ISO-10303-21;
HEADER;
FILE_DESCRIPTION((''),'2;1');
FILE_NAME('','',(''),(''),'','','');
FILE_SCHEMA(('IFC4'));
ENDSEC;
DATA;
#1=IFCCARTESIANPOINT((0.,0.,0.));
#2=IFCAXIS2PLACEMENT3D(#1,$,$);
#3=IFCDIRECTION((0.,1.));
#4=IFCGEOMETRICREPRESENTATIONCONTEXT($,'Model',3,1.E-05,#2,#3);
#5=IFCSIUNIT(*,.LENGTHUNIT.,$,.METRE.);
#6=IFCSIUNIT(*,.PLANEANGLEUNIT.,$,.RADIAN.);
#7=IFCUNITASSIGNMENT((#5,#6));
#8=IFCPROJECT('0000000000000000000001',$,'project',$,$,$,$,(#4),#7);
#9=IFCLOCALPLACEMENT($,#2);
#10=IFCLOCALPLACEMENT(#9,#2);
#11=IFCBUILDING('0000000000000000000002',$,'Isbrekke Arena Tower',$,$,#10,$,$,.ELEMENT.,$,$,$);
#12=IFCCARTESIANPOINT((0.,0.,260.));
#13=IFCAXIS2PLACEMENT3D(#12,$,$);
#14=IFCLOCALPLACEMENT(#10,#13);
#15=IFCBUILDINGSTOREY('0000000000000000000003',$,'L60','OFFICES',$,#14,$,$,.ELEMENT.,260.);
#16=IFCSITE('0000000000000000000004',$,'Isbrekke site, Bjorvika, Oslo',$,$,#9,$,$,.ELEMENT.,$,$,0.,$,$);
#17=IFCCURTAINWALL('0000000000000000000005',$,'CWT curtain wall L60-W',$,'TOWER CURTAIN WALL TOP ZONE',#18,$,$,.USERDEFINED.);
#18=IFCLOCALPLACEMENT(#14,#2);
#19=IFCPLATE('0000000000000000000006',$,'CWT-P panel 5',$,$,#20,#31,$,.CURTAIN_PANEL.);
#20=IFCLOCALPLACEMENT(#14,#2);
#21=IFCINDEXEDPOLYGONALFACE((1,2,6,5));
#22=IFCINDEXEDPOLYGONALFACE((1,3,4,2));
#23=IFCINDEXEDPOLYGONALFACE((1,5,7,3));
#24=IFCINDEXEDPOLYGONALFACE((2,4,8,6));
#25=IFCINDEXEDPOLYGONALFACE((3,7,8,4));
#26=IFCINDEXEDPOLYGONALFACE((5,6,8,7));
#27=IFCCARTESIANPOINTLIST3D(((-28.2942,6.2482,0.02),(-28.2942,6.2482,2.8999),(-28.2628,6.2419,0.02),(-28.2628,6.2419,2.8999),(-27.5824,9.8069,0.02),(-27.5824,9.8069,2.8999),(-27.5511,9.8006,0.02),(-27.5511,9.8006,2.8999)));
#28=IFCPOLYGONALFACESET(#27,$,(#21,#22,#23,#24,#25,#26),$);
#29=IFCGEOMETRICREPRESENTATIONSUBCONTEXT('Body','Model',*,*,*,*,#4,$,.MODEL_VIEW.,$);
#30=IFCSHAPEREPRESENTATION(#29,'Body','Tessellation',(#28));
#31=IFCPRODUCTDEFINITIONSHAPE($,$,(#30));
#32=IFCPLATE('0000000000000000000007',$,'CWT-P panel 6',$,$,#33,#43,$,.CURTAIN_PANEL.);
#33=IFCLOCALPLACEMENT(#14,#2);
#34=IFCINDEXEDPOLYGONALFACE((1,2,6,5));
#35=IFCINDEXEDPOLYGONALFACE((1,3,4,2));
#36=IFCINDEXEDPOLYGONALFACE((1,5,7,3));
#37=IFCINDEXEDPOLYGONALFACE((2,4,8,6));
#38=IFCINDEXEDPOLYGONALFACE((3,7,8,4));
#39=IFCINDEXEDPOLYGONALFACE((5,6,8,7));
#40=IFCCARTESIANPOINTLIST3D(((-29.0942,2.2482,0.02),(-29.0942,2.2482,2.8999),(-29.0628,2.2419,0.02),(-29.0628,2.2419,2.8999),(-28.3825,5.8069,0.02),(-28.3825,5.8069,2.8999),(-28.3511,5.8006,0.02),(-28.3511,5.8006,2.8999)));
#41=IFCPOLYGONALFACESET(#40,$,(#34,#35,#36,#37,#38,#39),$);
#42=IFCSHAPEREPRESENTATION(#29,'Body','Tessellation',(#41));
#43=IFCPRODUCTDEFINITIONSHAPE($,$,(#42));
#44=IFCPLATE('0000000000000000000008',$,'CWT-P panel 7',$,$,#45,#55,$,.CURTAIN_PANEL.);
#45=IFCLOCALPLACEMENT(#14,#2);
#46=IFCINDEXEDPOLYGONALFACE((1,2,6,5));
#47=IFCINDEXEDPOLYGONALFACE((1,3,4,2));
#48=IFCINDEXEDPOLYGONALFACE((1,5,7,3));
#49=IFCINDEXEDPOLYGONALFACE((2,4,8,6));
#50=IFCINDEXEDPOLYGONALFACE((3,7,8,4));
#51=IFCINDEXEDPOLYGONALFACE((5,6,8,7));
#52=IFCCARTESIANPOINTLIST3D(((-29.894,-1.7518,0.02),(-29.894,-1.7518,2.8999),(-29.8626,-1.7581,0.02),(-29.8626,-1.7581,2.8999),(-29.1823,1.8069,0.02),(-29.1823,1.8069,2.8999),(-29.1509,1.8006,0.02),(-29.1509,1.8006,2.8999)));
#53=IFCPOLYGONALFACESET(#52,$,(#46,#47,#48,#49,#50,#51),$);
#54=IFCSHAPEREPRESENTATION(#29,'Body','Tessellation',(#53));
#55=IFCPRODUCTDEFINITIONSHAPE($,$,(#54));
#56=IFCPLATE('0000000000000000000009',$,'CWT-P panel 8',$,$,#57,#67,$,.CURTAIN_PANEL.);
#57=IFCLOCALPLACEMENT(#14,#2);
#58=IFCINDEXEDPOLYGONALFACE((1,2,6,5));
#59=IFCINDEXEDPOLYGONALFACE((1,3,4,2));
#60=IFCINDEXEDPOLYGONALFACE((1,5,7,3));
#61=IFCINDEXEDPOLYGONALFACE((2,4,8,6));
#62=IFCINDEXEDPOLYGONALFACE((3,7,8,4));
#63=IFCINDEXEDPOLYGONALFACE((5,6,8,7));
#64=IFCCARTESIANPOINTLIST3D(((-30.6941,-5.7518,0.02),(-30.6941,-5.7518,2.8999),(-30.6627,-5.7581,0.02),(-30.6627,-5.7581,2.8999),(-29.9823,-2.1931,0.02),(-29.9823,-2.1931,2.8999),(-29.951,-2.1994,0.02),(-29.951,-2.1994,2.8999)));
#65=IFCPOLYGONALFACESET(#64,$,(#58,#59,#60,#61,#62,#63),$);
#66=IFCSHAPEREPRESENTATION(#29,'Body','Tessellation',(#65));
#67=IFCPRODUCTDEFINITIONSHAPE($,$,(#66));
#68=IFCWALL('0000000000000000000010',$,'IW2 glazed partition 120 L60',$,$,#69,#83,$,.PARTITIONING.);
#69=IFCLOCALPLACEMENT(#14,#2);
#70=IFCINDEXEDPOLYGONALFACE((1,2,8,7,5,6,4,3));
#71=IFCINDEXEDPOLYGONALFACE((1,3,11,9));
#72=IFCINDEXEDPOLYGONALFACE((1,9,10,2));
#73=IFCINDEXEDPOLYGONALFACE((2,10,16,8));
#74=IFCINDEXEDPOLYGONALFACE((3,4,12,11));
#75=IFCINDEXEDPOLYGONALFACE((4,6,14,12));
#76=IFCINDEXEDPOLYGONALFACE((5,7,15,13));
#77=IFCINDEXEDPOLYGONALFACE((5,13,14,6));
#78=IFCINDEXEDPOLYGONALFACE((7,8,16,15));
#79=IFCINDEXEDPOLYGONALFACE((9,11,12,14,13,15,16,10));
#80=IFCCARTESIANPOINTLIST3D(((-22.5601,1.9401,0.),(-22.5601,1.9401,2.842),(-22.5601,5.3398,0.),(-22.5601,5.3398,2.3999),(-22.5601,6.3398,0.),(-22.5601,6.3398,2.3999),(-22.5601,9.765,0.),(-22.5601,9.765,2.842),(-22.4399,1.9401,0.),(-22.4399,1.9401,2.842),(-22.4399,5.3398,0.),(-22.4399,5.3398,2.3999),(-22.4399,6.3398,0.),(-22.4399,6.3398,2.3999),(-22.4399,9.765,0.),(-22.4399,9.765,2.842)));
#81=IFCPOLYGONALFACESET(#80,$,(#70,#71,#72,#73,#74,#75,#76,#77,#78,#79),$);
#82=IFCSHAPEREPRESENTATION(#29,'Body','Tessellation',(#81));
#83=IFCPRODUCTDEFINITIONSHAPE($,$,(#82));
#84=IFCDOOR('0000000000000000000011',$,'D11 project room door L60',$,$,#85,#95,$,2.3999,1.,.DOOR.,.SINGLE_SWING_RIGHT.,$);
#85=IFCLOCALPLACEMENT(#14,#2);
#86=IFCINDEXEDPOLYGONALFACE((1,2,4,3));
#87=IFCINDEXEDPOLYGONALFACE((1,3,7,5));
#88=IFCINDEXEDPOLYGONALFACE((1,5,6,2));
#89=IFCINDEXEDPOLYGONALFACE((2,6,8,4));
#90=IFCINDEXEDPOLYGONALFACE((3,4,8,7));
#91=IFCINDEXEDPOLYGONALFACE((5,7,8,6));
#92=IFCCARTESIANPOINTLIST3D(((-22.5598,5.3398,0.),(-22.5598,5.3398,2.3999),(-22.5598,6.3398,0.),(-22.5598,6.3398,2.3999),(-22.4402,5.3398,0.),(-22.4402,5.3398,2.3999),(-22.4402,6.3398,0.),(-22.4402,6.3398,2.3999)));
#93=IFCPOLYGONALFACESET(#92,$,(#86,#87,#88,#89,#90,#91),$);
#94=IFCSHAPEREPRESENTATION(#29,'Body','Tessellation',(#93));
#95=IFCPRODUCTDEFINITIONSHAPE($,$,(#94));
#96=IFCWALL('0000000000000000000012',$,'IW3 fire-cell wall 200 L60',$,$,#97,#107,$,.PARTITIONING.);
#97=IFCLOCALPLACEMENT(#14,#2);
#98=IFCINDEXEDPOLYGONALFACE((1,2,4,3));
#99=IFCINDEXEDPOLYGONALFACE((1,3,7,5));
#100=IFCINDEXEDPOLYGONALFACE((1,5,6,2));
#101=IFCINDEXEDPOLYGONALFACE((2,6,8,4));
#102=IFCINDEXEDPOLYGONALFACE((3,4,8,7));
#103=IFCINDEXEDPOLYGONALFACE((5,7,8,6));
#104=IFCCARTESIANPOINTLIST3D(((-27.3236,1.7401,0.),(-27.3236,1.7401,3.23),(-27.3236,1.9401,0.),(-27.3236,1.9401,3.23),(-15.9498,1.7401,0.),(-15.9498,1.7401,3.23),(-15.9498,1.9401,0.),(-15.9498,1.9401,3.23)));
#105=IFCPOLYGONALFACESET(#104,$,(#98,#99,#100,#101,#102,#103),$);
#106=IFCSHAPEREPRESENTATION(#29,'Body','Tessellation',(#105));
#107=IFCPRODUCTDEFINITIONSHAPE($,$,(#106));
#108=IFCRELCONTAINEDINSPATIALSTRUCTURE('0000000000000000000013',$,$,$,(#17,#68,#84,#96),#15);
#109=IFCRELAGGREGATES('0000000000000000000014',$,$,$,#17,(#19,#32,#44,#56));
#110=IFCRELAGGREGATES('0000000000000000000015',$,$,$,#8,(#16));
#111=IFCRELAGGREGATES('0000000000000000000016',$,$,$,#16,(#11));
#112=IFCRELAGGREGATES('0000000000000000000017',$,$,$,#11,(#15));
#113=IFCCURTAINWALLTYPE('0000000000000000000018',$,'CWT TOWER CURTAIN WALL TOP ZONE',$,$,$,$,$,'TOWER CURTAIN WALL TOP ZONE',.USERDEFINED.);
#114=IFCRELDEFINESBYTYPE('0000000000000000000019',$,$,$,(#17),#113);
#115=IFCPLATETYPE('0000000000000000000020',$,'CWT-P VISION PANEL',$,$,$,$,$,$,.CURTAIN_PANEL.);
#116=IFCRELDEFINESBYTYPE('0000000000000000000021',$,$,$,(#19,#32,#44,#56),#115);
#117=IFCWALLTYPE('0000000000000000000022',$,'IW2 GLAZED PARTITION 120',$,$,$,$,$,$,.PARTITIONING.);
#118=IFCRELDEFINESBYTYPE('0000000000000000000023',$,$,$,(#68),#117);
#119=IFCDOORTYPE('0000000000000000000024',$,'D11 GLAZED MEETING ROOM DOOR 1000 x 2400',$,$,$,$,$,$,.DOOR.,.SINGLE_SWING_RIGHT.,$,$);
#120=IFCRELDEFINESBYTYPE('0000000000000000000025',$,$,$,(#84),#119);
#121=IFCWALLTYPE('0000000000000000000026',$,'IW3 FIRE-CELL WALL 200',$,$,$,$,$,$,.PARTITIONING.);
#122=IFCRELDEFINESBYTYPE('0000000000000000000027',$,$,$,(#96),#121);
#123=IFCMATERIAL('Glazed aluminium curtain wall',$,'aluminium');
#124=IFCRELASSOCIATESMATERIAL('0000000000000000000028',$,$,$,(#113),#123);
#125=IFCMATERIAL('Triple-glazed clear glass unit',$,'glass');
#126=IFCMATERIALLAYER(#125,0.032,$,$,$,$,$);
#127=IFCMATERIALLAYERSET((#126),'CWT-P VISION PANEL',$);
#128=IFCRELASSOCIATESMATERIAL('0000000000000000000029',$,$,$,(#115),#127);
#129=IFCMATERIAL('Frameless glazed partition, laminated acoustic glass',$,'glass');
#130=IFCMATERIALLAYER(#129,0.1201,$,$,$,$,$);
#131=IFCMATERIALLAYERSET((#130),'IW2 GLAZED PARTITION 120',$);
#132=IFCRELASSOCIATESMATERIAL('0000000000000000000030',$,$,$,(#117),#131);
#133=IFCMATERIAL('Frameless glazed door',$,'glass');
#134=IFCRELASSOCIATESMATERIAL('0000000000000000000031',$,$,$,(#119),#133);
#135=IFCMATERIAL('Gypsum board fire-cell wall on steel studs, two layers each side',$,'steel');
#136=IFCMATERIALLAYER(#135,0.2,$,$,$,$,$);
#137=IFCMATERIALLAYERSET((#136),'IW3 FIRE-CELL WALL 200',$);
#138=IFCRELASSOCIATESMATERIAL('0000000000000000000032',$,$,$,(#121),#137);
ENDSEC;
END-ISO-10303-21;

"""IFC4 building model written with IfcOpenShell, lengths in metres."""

from ifc_helpers import new_model, si_unit, direction, frame, frame_2d, origin, origin_2d, place, context, subcontext, project, spatial, rectangle, extrude, material, layer, layer_set, type_object, element, fill, aggregate, save


model = new_model("IFC4")

# Units and contexts
model_context = context("Model", 3, precision=1e-05, world=origin(), true_north=direction((0.0, 1.0)))
body_context = subcontext(model_context, "Body", "Model", "MODEL_VIEW")
ifc_project = project(units=[si_unit("LENGTHUNIT", "METRE"), si_unit("PLANEANGLEUNIT", "RADIAN")], contexts=[model_context])

# Site, building, storey
site_placement = place(None, origin())
site = spatial("IfcSite", under=ifc_project, at=site_placement, Name="Isbrekke site, Bjorvika, Oslo", CompositionType="ELEMENT", RefElevation=0.0)
building_placement = place(site_placement, origin())
building = spatial("IfcBuilding", under=site, at=building_placement, Name="Isbrekke Arena Tower", CompositionType="ELEMENT")
storey_placement = place(building_placement, frame((0.0, 0.0, 260.0)))
storey = spatial("IfcBuildingStorey", under=building, at=storey_placement, Name="L60", Description="OFFICES", CompositionType="ELEMENT", Elevation=260.0)

# Curtain wall
ifc_material_1 = material(Name="Glazed aluminium curtain wall", Category="aluminium")
curtain_wall_type = type_object("IfcCurtainWallType", Name="CWT TOWER CURTAIN WALL TOP ZONE", ElementType="TOWER CURTAIN WALL TOP ZONE", PredefinedType="USERDEFINED", material=ifc_material_1)
curtain_wall_placement = place(storey_placement, origin())
curtain_wall = element("IfcCurtainWall", 1, at=curtain_wall_placement, inside=storey, type_object=curtain_wall_type, Name="CWT curtain wall L60-W", ObjectType="TOWER CURTAIN WALL TOP ZONE", PredefinedType="USERDEFINED")

# Plates
ifc_material_2 = material(Name="Triple-glazed clear glass unit", Category="glass")
ifc_layer_1 = layer(ifc_material_2, 0.032)
ifc_layer_set_1 = layer_set([ifc_layer_1], Name="CWT-P VISION PANEL")
plate_type = type_object("IfcPlateType", Name="CWT-P VISION PANEL", PredefinedType="CURTAIN_PANEL", material=ifc_layer_set_1)
plate_1_placement = place(storey_placement, frame((-27.9226, 8.0244, 0.02), z_axis=(0.0, 0.0, 1.0), x_axis=(-0.196116, -0.980581, 0.0)))
plate_1 = element("IfcPlate", 2, at=plate_1_placement, type_object=plate_type, Name="CWT-P panel 5", PredefinedType="CURTAIN_PANEL", context=body_context, shape_type="SweptSolid", body=[
    extrude(rectangle(XDim=3.6292, YDim=0.032, at=origin_2d()), origin(), (0.0, 0.0, 1.0), 2.8799),
])
plate_2_placement = place(storey_placement, frame((-28.7227, 4.0244, 0.02), z_axis=(0.0, 0.0, 1.0), x_axis=(-0.196116, -0.980581, 0.0)))
plate_2 = element("IfcPlate", 3, at=plate_2_placement, type_object=plate_type, Name="CWT-P panel 6", PredefinedType="CURTAIN_PANEL", context=body_context, shape_type="SweptSolid", body=[
    extrude(rectangle(XDim=3.6292, YDim=0.032, at=origin_2d()), origin(), (0.0, 0.0, 1.0), 2.8799),
])
plate_3_placement = place(storey_placement, frame((-29.5225, 0.0244, 0.02), z_axis=(0.0, 0.0, 1.0), x_axis=(-0.196116, -0.980581, 0.0)))
plate_3 = element("IfcPlate", 4, at=plate_3_placement, type_object=plate_type, Name="CWT-P panel 7", PredefinedType="CURTAIN_PANEL", context=body_context, shape_type="SweptSolid", body=[
    extrude(rectangle(XDim=3.6292, YDim=0.032, at=origin_2d()), origin(), (0.0, 0.0, 1.0), 2.8799),
])
plate_4_placement = place(storey_placement, frame((-30.3225, -3.9756, 0.02), z_axis=(0.0, 0.0, 1.0), x_axis=(-0.196116, -0.980581, 0.0)))
plate_4 = element("IfcPlate", 5, at=plate_4_placement, type_object=plate_type, Name="CWT-P panel 8", PredefinedType="CURTAIN_PANEL", context=body_context, shape_type="SweptSolid", body=[
    extrude(rectangle(XDim=3.6292, YDim=0.032, at=origin_2d()), origin(), (0.0, 0.0, 1.0), 2.8799),
])
aggregate(curtain_wall, [plate_1, plate_2, plate_3, plate_4])

# Wall, opening, door
ifc_material_3 = material(Name="Frameless glazed partition, laminated acoustic glass", Category="glass")
ifc_layer_2 = layer(ifc_material_3, 0.1201)
ifc_layer_set_2 = layer_set([ifc_layer_2], Name="IW2 GLAZED PARTITION 120")
wall_type_1 = type_object("IfcWallType", Name="IW2 GLAZED PARTITION 120", PredefinedType="PARTITIONING", material=ifc_layer_set_2)
wall_1_placement = place(storey_placement, frame((-22.5, 1.9399, 0.0), z_axis=(0.0, 0.0, 1.0), x_axis=(0.0, 1.0, 0.0)))
wall_1 = element("IfcWall", 6, at=wall_1_placement, inside=storey, type_object=wall_type_1, Name="IW2 glazed partition 120 L60", PredefinedType="PARTITIONING", context=body_context, shape_type="SweptSolid", body=[
    extrude(rectangle(XDim=7.825, YDim=0.1201, at=frame_2d((3.9126, 0.0))), origin(), (0.0, 0.0, 1.0), 2.842),
])
opening_placement = place(wall_1_placement, frame((3.3999, 0.0, 0.0)))
opening = element("IfcOpeningElement", 7, at=opening_placement, cuts=wall_1, PredefinedType="OPENING", context=body_context, shape_type="SweptSolid", body=[
    extrude(rectangle(XDim=1.0, YDim=2.3999, at=frame_2d((0.5, 1.2))), frame((0.0, 0.075, 0.0), z_axis=(0.0, -1.0, 0.0), x_axis=(1.0, 0.0, 0.0)), (0.0, 0.0, 1.0), 0.1499),
])
ifc_material_4 = material(Name="Frameless glazed door", Category="glass")
door_type = type_object("IfcDoorType", Name="D11 GLAZED MEETING ROOM DOOR 1000 x 2400", OperationType="SINGLE_SWING_RIGHT", PredefinedType="DOOR", material=ifc_material_4)
door_placement = place(opening_placement, origin())
door = element("IfcDoor", 8, at=door_placement, inside=storey, type_object=door_type, Name="D11 project room door L60", OperationType="SINGLE_SWING_RIGHT", OverallHeight=2.3999, OverallWidth=1.0, PredefinedType="DOOR", context=body_context, shape_type="SweptSolid", body=[
    extrude(rectangle(XDim=1.0, YDim=2.3999, at=frame_2d((0.5, 1.2))), frame((0.0, 0.0598, 0.0), z_axis=(0.0, -1.0, 0.0), x_axis=(1.0, 0.0, 0.0)), (0.0, 0.0, 1.0), 0.1196),
])
fill(opening, door)

# Wall
ifc_material_5 = material(Name="Gypsum board fire-cell wall on steel studs, two layers each side", Category="steel")
ifc_layer_3 = layer(ifc_material_5, 0.2)
ifc_layer_set_3 = layer_set([ifc_layer_3], Name="IW3 FIRE-CELL WALL 200")
wall_type_2 = type_object("IfcWallType", Name="IW3 FIRE-CELL WALL 200", PredefinedType="PARTITIONING", material=ifc_layer_set_3)
wall_2_placement = place(storey_placement, frame((-27.3237, 1.8401, 0.0), z_axis=(0.0, 0.0, 1.0), x_axis=(1.0, 0.0, 0.0)))
element("IfcWall", 9, at=wall_2_placement, inside=storey, type_object=wall_type_2, Name="IW3 fire-cell wall 200 L60", PredefinedType="PARTITIONING", context=body_context, shape_type="SweptSolid", body=[
    extrude(rectangle(XDim=11.3738, YDim=0.2, at=frame_2d((5.687, 0.0))), origin(), (0.0, 0.0, 1.0), 3.23),
])

save(model, "model.ifc")
